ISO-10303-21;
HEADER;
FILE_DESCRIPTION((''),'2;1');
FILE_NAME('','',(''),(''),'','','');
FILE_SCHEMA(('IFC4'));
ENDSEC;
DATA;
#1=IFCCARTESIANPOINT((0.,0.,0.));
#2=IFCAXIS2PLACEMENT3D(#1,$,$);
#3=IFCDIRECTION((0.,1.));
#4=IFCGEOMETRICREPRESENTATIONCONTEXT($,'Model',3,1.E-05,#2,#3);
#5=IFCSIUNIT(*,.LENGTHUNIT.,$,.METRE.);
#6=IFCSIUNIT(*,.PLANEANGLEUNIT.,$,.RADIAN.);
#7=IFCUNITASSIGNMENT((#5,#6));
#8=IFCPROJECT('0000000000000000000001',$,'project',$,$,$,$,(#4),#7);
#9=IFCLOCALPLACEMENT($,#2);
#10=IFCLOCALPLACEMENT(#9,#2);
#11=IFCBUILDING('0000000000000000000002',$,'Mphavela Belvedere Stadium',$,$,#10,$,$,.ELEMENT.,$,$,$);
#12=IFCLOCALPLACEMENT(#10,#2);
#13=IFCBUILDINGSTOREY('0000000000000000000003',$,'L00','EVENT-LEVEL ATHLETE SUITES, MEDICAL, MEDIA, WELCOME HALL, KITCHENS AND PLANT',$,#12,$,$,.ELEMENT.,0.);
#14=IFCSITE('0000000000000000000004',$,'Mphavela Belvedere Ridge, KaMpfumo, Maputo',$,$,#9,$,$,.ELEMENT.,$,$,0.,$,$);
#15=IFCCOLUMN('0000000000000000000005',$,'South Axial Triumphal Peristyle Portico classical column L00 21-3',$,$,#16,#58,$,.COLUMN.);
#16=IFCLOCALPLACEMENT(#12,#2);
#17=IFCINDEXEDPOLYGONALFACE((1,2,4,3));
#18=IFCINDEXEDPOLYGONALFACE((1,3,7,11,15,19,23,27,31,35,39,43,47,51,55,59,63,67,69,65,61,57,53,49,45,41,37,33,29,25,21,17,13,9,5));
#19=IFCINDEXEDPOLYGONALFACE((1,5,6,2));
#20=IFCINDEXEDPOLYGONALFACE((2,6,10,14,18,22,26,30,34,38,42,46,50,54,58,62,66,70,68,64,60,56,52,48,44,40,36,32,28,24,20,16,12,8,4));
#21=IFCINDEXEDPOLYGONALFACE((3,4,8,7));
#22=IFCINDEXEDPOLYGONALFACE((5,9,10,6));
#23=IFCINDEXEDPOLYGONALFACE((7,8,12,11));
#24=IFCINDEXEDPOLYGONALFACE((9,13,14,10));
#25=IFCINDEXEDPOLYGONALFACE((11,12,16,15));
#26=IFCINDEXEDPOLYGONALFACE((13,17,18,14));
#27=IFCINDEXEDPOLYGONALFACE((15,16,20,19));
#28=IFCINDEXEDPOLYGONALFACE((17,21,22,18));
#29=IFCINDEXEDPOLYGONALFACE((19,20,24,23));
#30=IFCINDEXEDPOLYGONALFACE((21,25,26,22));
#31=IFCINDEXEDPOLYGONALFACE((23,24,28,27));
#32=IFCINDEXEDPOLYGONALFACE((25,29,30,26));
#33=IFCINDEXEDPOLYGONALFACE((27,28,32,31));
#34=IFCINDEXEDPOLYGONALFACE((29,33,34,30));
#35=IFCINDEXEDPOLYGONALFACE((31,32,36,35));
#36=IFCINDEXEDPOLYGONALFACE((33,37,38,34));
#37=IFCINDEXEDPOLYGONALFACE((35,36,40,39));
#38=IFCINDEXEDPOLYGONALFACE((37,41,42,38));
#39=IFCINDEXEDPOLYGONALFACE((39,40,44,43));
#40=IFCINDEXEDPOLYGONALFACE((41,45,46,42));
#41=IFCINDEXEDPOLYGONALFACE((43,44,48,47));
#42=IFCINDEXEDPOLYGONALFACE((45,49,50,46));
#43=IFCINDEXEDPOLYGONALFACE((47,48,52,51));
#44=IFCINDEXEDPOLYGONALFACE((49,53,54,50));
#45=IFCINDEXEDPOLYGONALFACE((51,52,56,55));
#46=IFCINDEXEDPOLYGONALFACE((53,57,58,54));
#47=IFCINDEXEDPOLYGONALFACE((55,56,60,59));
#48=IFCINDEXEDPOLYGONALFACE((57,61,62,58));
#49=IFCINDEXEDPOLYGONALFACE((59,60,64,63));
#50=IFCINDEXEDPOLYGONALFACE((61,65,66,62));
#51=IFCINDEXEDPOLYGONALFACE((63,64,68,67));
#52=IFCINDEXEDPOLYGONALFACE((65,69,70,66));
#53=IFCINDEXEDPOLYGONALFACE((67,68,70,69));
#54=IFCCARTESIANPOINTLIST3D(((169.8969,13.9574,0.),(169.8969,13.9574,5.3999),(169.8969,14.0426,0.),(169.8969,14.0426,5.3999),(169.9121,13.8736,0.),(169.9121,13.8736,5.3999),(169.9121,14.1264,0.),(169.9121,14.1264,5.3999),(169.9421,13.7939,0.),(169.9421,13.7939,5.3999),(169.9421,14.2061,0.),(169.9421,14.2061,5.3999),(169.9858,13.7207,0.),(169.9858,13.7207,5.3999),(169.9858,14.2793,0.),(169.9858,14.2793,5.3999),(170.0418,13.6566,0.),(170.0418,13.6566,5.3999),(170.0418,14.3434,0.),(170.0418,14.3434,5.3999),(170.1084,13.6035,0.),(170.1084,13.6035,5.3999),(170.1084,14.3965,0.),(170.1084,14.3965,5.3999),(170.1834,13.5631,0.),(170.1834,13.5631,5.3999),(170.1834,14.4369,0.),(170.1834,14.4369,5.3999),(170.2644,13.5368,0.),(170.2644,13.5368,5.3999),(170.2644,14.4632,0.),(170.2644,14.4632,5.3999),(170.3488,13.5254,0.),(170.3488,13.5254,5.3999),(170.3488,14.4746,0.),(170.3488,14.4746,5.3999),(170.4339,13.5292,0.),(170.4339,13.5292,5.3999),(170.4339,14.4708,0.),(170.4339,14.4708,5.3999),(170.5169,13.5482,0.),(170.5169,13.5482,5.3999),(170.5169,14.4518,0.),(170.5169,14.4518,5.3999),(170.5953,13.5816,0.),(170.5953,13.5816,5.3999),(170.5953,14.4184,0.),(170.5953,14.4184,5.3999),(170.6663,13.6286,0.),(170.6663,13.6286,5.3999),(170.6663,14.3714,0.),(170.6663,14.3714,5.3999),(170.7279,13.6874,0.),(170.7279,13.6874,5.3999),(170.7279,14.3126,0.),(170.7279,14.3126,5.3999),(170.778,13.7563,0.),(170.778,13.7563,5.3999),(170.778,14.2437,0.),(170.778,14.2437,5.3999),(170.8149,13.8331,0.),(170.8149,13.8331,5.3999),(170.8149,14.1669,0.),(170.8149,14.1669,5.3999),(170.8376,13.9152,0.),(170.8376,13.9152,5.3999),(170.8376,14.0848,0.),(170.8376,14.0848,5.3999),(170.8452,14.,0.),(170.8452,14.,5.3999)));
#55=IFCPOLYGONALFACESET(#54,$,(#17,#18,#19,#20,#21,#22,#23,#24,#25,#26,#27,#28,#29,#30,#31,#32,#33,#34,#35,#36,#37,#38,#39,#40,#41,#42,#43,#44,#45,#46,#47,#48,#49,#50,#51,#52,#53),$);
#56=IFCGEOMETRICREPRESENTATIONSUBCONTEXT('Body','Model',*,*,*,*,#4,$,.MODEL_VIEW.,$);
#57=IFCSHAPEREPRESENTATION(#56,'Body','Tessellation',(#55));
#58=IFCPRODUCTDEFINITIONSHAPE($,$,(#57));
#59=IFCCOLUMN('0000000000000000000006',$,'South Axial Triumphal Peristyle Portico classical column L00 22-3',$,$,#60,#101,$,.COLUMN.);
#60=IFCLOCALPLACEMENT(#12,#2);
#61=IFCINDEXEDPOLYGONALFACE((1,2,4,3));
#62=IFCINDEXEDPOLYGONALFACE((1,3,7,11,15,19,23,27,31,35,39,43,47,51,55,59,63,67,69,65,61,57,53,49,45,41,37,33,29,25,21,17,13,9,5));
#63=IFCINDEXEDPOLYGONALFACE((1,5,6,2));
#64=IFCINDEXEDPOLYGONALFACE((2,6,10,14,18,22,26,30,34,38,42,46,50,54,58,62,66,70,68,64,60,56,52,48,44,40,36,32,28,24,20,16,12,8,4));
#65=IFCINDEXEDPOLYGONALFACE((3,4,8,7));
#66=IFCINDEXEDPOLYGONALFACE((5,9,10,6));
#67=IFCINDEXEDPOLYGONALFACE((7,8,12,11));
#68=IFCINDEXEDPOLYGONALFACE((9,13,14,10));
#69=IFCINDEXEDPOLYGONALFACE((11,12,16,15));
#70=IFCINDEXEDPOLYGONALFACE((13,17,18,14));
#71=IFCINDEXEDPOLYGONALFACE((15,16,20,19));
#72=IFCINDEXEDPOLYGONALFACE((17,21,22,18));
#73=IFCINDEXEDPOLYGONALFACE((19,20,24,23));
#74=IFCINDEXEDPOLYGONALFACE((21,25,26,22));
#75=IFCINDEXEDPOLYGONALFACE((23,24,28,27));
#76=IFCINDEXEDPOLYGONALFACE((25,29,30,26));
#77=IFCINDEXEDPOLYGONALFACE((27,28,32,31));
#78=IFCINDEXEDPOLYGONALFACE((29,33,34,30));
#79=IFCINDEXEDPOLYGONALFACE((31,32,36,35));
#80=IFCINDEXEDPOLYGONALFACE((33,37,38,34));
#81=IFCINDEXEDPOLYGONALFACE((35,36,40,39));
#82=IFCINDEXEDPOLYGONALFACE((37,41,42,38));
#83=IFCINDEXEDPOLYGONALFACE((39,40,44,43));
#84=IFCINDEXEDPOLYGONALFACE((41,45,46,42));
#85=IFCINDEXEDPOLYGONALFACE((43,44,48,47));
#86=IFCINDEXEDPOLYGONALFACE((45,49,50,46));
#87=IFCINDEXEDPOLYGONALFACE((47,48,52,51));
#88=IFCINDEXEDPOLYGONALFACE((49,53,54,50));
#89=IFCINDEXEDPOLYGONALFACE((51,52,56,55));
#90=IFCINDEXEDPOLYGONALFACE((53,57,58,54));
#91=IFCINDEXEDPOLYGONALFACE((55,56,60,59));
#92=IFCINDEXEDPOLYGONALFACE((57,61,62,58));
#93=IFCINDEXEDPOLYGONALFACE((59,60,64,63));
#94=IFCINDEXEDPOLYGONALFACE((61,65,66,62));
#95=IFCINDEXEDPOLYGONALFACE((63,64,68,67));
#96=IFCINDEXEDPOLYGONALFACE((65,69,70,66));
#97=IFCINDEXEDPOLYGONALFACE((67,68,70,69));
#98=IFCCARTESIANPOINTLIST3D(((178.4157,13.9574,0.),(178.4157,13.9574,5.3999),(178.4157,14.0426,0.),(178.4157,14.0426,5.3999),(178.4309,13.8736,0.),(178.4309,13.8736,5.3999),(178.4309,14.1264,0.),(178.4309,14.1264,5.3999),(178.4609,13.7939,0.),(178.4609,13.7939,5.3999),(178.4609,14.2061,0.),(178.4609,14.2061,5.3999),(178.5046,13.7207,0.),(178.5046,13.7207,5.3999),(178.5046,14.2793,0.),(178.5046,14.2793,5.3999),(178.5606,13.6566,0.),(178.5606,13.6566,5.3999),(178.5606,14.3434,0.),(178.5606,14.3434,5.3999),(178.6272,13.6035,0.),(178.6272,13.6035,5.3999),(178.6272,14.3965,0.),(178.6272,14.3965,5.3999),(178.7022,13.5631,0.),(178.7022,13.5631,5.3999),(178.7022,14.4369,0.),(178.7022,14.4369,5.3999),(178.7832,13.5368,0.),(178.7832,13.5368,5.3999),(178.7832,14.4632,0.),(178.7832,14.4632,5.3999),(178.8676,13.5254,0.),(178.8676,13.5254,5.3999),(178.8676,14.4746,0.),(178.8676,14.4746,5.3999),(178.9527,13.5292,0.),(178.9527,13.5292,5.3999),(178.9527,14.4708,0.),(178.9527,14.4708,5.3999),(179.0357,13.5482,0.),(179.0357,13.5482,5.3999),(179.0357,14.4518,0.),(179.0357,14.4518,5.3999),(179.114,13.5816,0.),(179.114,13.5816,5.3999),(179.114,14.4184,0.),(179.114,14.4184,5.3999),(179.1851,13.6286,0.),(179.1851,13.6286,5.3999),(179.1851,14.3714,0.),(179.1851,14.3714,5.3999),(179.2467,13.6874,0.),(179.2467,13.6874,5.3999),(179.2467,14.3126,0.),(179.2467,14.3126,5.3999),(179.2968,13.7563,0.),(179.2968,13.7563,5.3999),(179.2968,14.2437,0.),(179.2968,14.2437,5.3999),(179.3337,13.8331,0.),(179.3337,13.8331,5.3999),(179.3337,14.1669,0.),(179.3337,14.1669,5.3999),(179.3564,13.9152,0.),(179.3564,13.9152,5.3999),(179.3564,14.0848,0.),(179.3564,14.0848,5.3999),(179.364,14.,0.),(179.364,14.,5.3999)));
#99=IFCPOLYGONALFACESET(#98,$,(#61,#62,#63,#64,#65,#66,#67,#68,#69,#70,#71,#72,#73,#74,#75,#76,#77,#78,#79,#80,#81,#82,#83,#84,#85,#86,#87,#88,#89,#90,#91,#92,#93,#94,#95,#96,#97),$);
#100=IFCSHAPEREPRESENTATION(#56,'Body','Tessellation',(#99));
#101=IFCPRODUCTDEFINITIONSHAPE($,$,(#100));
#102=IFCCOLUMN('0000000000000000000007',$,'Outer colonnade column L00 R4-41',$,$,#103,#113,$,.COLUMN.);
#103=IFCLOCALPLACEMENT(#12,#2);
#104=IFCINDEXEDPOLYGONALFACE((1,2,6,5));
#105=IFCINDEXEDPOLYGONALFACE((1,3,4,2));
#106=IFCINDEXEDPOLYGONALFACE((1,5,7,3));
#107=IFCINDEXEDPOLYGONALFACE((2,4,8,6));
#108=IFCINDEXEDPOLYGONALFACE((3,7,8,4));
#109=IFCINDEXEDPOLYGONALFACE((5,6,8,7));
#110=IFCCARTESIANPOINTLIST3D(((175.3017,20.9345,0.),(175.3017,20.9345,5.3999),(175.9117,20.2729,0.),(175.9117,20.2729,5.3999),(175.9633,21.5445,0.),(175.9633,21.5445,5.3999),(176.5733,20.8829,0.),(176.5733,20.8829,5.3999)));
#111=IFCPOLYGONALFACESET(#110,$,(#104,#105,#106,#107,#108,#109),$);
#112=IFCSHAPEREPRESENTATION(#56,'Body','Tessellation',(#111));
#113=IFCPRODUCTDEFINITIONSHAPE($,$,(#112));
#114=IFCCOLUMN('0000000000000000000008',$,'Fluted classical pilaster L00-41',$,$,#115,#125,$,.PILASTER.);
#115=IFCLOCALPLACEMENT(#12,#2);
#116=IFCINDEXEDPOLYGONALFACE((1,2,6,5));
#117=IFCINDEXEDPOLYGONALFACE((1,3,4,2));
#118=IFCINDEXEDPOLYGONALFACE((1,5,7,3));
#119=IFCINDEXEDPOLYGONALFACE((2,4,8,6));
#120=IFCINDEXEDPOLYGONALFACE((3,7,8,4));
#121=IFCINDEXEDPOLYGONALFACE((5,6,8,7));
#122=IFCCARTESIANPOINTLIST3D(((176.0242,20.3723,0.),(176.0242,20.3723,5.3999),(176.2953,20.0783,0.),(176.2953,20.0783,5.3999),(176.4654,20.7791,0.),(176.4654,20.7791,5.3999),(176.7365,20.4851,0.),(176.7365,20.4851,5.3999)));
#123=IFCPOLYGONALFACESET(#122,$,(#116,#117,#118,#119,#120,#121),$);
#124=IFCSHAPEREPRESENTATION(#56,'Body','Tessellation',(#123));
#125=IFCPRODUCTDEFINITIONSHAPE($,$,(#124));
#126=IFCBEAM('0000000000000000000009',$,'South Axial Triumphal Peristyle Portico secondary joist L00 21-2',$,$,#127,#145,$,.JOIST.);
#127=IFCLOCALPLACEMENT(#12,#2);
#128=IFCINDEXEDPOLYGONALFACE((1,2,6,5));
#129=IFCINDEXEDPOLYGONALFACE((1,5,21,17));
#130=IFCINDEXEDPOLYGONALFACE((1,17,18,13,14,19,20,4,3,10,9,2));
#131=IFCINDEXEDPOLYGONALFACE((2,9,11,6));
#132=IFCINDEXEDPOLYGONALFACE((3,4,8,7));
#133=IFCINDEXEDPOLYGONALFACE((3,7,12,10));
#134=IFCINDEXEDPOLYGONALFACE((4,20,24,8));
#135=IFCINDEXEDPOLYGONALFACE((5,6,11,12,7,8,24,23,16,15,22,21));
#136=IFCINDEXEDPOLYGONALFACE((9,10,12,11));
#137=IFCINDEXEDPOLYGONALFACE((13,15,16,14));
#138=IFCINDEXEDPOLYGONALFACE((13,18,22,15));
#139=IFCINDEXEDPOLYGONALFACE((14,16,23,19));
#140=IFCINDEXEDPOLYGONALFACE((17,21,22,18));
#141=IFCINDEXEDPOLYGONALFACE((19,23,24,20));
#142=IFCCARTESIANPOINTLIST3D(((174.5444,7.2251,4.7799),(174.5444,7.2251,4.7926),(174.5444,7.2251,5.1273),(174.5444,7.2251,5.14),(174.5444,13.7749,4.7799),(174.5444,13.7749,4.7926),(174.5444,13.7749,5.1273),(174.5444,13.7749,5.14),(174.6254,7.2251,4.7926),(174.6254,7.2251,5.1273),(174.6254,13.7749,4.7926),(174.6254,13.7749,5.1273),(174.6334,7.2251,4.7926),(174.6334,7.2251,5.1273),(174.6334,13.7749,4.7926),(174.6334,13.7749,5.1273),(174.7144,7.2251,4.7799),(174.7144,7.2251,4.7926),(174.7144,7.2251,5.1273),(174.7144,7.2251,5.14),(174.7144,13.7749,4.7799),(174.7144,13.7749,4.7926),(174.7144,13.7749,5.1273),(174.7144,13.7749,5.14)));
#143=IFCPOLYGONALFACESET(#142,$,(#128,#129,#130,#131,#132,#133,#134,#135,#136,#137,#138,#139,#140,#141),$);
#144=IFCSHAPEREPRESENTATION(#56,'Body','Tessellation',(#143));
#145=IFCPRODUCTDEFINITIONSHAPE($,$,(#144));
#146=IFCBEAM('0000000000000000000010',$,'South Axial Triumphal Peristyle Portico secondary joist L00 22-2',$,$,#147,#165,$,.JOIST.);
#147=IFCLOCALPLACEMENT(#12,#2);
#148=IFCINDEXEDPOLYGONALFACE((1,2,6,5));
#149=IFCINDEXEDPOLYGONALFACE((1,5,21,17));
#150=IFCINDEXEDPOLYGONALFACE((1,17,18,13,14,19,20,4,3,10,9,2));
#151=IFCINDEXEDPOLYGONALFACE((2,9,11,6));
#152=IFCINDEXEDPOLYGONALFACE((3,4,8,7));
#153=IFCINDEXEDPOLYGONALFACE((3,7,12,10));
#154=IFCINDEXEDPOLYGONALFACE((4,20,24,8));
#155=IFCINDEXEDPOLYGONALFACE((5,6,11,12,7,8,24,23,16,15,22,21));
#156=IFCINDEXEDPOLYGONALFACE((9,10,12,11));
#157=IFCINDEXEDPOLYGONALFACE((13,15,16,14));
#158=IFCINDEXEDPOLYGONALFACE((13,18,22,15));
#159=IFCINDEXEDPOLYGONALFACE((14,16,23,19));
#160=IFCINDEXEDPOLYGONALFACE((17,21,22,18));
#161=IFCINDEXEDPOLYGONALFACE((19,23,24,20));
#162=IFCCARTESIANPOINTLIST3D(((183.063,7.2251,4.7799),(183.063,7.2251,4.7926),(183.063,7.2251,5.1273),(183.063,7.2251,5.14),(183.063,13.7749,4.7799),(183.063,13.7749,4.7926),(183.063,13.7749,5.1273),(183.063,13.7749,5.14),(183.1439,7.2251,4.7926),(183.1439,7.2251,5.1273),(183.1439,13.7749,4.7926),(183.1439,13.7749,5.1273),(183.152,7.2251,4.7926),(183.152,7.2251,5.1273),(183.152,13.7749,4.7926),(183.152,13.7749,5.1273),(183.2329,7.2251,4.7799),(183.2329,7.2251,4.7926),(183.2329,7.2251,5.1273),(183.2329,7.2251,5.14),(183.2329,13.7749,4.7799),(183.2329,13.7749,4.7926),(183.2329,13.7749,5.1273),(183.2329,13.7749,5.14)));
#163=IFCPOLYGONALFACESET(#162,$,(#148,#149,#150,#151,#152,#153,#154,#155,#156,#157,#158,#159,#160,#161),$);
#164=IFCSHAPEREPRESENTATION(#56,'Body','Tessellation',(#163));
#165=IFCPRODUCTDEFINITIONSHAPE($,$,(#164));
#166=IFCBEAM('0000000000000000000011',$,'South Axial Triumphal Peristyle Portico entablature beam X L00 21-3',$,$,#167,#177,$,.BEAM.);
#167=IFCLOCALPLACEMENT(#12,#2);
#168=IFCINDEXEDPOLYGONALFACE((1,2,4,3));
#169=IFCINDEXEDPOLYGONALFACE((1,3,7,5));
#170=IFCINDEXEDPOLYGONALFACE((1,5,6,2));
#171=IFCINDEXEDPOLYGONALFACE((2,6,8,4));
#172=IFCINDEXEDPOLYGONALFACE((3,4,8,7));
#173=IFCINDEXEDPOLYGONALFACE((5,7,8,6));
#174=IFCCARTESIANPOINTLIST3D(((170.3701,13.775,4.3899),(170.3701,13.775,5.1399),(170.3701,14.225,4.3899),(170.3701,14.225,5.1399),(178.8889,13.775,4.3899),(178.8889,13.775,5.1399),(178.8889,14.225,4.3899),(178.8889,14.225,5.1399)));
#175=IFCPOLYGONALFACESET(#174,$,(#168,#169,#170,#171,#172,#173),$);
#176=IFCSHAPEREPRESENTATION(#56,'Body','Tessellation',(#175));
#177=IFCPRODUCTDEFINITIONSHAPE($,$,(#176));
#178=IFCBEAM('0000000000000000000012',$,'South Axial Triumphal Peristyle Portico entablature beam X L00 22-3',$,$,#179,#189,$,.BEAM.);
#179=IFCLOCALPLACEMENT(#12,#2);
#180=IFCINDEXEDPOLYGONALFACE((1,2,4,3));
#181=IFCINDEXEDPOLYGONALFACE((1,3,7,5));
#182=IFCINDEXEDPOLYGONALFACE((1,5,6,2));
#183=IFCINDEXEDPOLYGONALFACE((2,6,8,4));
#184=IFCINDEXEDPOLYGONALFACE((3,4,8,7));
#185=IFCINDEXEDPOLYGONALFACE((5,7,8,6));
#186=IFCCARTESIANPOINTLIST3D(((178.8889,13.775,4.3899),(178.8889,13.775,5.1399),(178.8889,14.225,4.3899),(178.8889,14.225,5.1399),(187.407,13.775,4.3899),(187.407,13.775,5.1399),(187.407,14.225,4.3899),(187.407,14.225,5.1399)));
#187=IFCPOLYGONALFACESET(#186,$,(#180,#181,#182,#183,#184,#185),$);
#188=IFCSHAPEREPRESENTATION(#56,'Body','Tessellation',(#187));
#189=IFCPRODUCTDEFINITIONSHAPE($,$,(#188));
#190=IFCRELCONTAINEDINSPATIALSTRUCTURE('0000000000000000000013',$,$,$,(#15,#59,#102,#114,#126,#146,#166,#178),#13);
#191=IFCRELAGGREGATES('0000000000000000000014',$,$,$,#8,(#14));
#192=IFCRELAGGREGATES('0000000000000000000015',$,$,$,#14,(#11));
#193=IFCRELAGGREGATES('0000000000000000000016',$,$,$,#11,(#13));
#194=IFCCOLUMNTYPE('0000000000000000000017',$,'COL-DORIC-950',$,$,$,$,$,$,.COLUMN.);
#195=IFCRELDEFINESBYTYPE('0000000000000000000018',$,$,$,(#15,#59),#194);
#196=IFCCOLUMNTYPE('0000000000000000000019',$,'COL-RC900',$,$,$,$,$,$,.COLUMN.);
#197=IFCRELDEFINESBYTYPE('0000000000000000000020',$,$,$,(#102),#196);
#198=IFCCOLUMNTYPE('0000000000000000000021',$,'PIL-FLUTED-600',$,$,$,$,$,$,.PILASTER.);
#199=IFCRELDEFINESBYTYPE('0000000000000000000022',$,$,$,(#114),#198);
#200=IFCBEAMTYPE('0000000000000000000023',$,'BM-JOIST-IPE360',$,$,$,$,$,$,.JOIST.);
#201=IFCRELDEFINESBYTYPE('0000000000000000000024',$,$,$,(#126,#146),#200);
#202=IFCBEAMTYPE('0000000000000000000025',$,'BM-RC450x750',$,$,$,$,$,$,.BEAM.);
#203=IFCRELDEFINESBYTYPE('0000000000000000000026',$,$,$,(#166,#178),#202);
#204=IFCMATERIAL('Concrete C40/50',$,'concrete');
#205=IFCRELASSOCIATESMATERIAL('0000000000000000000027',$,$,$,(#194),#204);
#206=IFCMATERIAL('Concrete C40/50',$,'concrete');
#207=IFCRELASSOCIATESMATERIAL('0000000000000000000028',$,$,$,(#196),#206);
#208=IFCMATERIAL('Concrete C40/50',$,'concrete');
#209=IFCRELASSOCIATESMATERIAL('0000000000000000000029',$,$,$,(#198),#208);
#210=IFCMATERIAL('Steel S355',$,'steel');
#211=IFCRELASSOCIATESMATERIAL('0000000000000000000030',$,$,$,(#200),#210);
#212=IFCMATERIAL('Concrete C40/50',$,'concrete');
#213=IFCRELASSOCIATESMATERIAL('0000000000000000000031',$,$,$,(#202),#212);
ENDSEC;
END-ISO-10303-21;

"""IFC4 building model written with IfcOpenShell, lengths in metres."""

from ifc_helpers import new_model, si_unit, direction, frame, origin, origin_2d, place, context, subcontext, project, spatial, rectangle, circle, i_section, extrude, material, material_profile, profile_set, type_object, element, save


model = new_model("IFC4")

# Units and contexts
model_context = context("Model", 3, precision=1e-05, world=origin(), true_north=direction((0.0, 1.0)))
body_context = subcontext(model_context, "Body", "Model", "MODEL_VIEW")
ifc_project = project(units=[si_unit("LENGTHUNIT", "METRE"), si_unit("PLANEANGLEUNIT", "RADIAN")], contexts=[model_context])

# Site, building, storey
site_placement = place(None, origin())
site = spatial("IfcSite", under=ifc_project, at=site_placement, Name="Mphavela Belvedere Ridge, KaMpfumo, Maputo", CompositionType="ELEMENT", RefElevation=0.0)
building_placement = place(site_placement, origin())
building = spatial("IfcBuilding", under=site, at=building_placement, Name="Mphavela Belvedere Stadium", CompositionType="ELEMENT")
storey_placement = place(building_placement, origin())
storey = spatial("IfcBuildingStorey", under=building, at=storey_placement, Name="L00", Description="EVENT-LEVEL ATHLETE SUITES, MEDICAL, MEDIA, WELCOME HALL, KITCHENS AND PLANT", CompositionType="ELEMENT", Elevation=0.0)

# Columns
ifc_material_1 = material(Name="Concrete C40/50", Category="concrete")
ifc_material_profile_1 = material_profile(ifc_material_1, circle(Radius=0.4751, at=origin_2d()), Name="COL D950")
ifc_profile_set_1 = profile_set([ifc_material_profile_1], Name="Concrete C40/50")
column_type_1 = type_object("IfcColumnType", Name="COL-DORIC-950", PredefinedType="COLUMN", material=ifc_profile_set_1)
for number, where, z_axis, x_axis, name in (
    (1, (170.3701, 14.0, 0.0), (0.0, 0.0, 1.0), (1.0, 0.0, 0.0), "South Axial Triumphal Peristyle Portico classical column L00 21-3"),
    (2, (178.8889, 14.0, 0.0), (0.0, 0.0, 1.0), (1.0, 0.0, 0.0), "South Axial Triumphal Peristyle Portico classical column L00 22-3"),
):
    element("IfcColumn", number, at=place(storey_placement, frame(where, z_axis=z_axis, x_axis=x_axis)), inside=storey, type_object=column_type_1, Name=name, PredefinedType="COLUMN", context=body_context, shape_type="SweptSolid", body=[
        extrude(circle(Radius=0.4751, at=origin_2d()), origin(), (0.0, 0.0, 1.0), 5.3999),
    ])
ifc_material_2 = material(Name="Concrete C40/50", Category="concrete")
ifc_material_profile_2 = material_profile(ifc_material_2, rectangle(XDim=0.8999, YDim=0.8999, at=origin_2d()), Name="RC 900x900")
ifc_profile_set_2 = profile_set([ifc_material_profile_2], Name="Concrete C40/50")
column_type_2 = type_object("IfcColumnType", Name="COL-RC900", PredefinedType="COLUMN", material=ifc_profile_set_2)
column_1_placement = place(storey_placement, frame((175.9375, 20.9087, 0.0), z_axis=(0.0, 0.0, 1.0), x_axis=(0.677903, -0.735151, 0.0)))
element("IfcColumn", 3, at=column_1_placement, inside=storey, type_object=column_type_2, Name="Outer colonnade column L00 R4-41", PredefinedType="COLUMN", context=body_context, shape_type="SweptSolid", body=[
    extrude(rectangle(XDim=0.8999, YDim=0.8999, at=origin_2d()), origin(), (0.0, 0.0, 1.0), 5.3999),
])
ifc_material_3 = material(Name="Concrete C40/50", Category="concrete")
ifc_material_profile_3 = material_profile(ifc_material_3, rectangle(XDim=0.6001, YDim=0.3999, at=origin_2d()), Name="PIL 600x400")
ifc_profile_set_3 = profile_set([ifc_material_profile_3], Name="Concrete C40/50")
column_type_3 = type_object("IfcColumnType", Name="PIL-FLUTED-600", PredefinedType="PILASTER", material=ifc_profile_set_3)
column_2_placement = place(storey_placement, frame((176.3804, 20.4287, 0.0), z_axis=(0.0, 0.0, 1.0), x_axis=(0.735151, 0.677903, 0.0)))
element("IfcColumn", 4, at=column_2_placement, inside=storey, type_object=column_type_3, Name="Fluted classical pilaster L00-41", PredefinedType="PILASTER", context=body_context, shape_type="SweptSolid", body=[
    extrude(rectangle(XDim=0.6001, YDim=0.3999, at=origin_2d()), origin(), (0.0, 0.0, 1.0), 5.3999),
])

# Beams
ifc_material_4 = material(Name="Steel S355", Category="steel")
ifc_material_profile_4 = material_profile(ifc_material_4, i_section(OverallWidth=0.1699, OverallDepth=0.3601, WebThickness=0.0081, FlangeThickness=0.0127, at=origin_2d()), Name="IPE 360")
ifc_profile_set_4 = profile_set([ifc_material_profile_4], Name="Steel S355")
beam_type_1 = type_object("IfcBeamType", Name="BM-JOIST-IPE360", PredefinedType="JOIST", material=ifc_profile_set_4)
for number, where, z_axis, x_axis, name in (
    (5, (174.6294, 7.2251, 4.96), (0.0, 1.0, 0.0), (-1.0, 0.0, 0.0), "South Axial Triumphal Peristyle Portico secondary joist L00 21-2"),
    (6, (183.1479, 7.2251, 4.96), (0.0, 1.0, 0.0), (-1.0, 0.0, 0.0), "South Axial Triumphal Peristyle Portico secondary joist L00 22-2"),
):
    element("IfcBeam", number, at=place(storey_placement, frame(where, z_axis=z_axis, x_axis=x_axis)), inside=storey, type_object=beam_type_1, Name=name, PredefinedType="JOIST", context=body_context, shape_type="SweptSolid", body=[
        extrude(i_section(OverallWidth=0.1699, OverallDepth=0.3601, WebThickness=0.0081, FlangeThickness=0.0127, at=origin_2d()), origin(), (0.0, 0.0, 1.0), 6.5498),
    ])
ifc_material_5 = material(Name="Concrete C40/50", Category="concrete")
ifc_material_profile_5 = material_profile(ifc_material_5, rectangle(XDim=0.45, YDim=0.75, at=origin_2d()), Name="RC 450x750")
ifc_profile_set_5 = profile_set([ifc_material_profile_5], Name="Concrete C40/50")
beam_type_2 = type_object("IfcBeamType", Name="BM-RC450x750", PredefinedType="BEAM", material=ifc_profile_set_5)
beam_1_placement = place(storey_placement, frame((170.3701, 14.0, 4.7649), z_axis=(1.0, 0.0, 0.0), x_axis=(0.0, 1.0, 0.0)))
element("IfcBeam", 7, at=beam_1_placement, inside=storey, type_object=beam_type_2, Name="South Axial Triumphal Peristyle Portico entablature beam X L00 21-3", PredefinedType="BEAM", context=body_context, shape_type="SweptSolid", body=[
    extrude(rectangle(XDim=0.45, YDim=0.75, at=origin_2d()), origin(), (0.0, 0.0, 1.0), 8.5188),
])
beam_2_placement = place(storey_placement, frame((178.8889, 14.0, 4.7649), z_axis=(1.0, 0.0, 0.0), x_axis=(0.0, 1.0, 0.0)))
element("IfcBeam", 8, at=beam_2_placement, inside=storey, type_object=beam_type_2, Name="South Axial Triumphal Peristyle Portico entablature beam X L00 22-3", PredefinedType="BEAM", context=body_context, shape_type="SweptSolid", body=[
    extrude(rectangle(XDim=0.45, YDim=0.75, at=origin_2d()), origin(), (0.0, 0.0, 1.0), 8.5181),
])

save(model, "model.ifc")
